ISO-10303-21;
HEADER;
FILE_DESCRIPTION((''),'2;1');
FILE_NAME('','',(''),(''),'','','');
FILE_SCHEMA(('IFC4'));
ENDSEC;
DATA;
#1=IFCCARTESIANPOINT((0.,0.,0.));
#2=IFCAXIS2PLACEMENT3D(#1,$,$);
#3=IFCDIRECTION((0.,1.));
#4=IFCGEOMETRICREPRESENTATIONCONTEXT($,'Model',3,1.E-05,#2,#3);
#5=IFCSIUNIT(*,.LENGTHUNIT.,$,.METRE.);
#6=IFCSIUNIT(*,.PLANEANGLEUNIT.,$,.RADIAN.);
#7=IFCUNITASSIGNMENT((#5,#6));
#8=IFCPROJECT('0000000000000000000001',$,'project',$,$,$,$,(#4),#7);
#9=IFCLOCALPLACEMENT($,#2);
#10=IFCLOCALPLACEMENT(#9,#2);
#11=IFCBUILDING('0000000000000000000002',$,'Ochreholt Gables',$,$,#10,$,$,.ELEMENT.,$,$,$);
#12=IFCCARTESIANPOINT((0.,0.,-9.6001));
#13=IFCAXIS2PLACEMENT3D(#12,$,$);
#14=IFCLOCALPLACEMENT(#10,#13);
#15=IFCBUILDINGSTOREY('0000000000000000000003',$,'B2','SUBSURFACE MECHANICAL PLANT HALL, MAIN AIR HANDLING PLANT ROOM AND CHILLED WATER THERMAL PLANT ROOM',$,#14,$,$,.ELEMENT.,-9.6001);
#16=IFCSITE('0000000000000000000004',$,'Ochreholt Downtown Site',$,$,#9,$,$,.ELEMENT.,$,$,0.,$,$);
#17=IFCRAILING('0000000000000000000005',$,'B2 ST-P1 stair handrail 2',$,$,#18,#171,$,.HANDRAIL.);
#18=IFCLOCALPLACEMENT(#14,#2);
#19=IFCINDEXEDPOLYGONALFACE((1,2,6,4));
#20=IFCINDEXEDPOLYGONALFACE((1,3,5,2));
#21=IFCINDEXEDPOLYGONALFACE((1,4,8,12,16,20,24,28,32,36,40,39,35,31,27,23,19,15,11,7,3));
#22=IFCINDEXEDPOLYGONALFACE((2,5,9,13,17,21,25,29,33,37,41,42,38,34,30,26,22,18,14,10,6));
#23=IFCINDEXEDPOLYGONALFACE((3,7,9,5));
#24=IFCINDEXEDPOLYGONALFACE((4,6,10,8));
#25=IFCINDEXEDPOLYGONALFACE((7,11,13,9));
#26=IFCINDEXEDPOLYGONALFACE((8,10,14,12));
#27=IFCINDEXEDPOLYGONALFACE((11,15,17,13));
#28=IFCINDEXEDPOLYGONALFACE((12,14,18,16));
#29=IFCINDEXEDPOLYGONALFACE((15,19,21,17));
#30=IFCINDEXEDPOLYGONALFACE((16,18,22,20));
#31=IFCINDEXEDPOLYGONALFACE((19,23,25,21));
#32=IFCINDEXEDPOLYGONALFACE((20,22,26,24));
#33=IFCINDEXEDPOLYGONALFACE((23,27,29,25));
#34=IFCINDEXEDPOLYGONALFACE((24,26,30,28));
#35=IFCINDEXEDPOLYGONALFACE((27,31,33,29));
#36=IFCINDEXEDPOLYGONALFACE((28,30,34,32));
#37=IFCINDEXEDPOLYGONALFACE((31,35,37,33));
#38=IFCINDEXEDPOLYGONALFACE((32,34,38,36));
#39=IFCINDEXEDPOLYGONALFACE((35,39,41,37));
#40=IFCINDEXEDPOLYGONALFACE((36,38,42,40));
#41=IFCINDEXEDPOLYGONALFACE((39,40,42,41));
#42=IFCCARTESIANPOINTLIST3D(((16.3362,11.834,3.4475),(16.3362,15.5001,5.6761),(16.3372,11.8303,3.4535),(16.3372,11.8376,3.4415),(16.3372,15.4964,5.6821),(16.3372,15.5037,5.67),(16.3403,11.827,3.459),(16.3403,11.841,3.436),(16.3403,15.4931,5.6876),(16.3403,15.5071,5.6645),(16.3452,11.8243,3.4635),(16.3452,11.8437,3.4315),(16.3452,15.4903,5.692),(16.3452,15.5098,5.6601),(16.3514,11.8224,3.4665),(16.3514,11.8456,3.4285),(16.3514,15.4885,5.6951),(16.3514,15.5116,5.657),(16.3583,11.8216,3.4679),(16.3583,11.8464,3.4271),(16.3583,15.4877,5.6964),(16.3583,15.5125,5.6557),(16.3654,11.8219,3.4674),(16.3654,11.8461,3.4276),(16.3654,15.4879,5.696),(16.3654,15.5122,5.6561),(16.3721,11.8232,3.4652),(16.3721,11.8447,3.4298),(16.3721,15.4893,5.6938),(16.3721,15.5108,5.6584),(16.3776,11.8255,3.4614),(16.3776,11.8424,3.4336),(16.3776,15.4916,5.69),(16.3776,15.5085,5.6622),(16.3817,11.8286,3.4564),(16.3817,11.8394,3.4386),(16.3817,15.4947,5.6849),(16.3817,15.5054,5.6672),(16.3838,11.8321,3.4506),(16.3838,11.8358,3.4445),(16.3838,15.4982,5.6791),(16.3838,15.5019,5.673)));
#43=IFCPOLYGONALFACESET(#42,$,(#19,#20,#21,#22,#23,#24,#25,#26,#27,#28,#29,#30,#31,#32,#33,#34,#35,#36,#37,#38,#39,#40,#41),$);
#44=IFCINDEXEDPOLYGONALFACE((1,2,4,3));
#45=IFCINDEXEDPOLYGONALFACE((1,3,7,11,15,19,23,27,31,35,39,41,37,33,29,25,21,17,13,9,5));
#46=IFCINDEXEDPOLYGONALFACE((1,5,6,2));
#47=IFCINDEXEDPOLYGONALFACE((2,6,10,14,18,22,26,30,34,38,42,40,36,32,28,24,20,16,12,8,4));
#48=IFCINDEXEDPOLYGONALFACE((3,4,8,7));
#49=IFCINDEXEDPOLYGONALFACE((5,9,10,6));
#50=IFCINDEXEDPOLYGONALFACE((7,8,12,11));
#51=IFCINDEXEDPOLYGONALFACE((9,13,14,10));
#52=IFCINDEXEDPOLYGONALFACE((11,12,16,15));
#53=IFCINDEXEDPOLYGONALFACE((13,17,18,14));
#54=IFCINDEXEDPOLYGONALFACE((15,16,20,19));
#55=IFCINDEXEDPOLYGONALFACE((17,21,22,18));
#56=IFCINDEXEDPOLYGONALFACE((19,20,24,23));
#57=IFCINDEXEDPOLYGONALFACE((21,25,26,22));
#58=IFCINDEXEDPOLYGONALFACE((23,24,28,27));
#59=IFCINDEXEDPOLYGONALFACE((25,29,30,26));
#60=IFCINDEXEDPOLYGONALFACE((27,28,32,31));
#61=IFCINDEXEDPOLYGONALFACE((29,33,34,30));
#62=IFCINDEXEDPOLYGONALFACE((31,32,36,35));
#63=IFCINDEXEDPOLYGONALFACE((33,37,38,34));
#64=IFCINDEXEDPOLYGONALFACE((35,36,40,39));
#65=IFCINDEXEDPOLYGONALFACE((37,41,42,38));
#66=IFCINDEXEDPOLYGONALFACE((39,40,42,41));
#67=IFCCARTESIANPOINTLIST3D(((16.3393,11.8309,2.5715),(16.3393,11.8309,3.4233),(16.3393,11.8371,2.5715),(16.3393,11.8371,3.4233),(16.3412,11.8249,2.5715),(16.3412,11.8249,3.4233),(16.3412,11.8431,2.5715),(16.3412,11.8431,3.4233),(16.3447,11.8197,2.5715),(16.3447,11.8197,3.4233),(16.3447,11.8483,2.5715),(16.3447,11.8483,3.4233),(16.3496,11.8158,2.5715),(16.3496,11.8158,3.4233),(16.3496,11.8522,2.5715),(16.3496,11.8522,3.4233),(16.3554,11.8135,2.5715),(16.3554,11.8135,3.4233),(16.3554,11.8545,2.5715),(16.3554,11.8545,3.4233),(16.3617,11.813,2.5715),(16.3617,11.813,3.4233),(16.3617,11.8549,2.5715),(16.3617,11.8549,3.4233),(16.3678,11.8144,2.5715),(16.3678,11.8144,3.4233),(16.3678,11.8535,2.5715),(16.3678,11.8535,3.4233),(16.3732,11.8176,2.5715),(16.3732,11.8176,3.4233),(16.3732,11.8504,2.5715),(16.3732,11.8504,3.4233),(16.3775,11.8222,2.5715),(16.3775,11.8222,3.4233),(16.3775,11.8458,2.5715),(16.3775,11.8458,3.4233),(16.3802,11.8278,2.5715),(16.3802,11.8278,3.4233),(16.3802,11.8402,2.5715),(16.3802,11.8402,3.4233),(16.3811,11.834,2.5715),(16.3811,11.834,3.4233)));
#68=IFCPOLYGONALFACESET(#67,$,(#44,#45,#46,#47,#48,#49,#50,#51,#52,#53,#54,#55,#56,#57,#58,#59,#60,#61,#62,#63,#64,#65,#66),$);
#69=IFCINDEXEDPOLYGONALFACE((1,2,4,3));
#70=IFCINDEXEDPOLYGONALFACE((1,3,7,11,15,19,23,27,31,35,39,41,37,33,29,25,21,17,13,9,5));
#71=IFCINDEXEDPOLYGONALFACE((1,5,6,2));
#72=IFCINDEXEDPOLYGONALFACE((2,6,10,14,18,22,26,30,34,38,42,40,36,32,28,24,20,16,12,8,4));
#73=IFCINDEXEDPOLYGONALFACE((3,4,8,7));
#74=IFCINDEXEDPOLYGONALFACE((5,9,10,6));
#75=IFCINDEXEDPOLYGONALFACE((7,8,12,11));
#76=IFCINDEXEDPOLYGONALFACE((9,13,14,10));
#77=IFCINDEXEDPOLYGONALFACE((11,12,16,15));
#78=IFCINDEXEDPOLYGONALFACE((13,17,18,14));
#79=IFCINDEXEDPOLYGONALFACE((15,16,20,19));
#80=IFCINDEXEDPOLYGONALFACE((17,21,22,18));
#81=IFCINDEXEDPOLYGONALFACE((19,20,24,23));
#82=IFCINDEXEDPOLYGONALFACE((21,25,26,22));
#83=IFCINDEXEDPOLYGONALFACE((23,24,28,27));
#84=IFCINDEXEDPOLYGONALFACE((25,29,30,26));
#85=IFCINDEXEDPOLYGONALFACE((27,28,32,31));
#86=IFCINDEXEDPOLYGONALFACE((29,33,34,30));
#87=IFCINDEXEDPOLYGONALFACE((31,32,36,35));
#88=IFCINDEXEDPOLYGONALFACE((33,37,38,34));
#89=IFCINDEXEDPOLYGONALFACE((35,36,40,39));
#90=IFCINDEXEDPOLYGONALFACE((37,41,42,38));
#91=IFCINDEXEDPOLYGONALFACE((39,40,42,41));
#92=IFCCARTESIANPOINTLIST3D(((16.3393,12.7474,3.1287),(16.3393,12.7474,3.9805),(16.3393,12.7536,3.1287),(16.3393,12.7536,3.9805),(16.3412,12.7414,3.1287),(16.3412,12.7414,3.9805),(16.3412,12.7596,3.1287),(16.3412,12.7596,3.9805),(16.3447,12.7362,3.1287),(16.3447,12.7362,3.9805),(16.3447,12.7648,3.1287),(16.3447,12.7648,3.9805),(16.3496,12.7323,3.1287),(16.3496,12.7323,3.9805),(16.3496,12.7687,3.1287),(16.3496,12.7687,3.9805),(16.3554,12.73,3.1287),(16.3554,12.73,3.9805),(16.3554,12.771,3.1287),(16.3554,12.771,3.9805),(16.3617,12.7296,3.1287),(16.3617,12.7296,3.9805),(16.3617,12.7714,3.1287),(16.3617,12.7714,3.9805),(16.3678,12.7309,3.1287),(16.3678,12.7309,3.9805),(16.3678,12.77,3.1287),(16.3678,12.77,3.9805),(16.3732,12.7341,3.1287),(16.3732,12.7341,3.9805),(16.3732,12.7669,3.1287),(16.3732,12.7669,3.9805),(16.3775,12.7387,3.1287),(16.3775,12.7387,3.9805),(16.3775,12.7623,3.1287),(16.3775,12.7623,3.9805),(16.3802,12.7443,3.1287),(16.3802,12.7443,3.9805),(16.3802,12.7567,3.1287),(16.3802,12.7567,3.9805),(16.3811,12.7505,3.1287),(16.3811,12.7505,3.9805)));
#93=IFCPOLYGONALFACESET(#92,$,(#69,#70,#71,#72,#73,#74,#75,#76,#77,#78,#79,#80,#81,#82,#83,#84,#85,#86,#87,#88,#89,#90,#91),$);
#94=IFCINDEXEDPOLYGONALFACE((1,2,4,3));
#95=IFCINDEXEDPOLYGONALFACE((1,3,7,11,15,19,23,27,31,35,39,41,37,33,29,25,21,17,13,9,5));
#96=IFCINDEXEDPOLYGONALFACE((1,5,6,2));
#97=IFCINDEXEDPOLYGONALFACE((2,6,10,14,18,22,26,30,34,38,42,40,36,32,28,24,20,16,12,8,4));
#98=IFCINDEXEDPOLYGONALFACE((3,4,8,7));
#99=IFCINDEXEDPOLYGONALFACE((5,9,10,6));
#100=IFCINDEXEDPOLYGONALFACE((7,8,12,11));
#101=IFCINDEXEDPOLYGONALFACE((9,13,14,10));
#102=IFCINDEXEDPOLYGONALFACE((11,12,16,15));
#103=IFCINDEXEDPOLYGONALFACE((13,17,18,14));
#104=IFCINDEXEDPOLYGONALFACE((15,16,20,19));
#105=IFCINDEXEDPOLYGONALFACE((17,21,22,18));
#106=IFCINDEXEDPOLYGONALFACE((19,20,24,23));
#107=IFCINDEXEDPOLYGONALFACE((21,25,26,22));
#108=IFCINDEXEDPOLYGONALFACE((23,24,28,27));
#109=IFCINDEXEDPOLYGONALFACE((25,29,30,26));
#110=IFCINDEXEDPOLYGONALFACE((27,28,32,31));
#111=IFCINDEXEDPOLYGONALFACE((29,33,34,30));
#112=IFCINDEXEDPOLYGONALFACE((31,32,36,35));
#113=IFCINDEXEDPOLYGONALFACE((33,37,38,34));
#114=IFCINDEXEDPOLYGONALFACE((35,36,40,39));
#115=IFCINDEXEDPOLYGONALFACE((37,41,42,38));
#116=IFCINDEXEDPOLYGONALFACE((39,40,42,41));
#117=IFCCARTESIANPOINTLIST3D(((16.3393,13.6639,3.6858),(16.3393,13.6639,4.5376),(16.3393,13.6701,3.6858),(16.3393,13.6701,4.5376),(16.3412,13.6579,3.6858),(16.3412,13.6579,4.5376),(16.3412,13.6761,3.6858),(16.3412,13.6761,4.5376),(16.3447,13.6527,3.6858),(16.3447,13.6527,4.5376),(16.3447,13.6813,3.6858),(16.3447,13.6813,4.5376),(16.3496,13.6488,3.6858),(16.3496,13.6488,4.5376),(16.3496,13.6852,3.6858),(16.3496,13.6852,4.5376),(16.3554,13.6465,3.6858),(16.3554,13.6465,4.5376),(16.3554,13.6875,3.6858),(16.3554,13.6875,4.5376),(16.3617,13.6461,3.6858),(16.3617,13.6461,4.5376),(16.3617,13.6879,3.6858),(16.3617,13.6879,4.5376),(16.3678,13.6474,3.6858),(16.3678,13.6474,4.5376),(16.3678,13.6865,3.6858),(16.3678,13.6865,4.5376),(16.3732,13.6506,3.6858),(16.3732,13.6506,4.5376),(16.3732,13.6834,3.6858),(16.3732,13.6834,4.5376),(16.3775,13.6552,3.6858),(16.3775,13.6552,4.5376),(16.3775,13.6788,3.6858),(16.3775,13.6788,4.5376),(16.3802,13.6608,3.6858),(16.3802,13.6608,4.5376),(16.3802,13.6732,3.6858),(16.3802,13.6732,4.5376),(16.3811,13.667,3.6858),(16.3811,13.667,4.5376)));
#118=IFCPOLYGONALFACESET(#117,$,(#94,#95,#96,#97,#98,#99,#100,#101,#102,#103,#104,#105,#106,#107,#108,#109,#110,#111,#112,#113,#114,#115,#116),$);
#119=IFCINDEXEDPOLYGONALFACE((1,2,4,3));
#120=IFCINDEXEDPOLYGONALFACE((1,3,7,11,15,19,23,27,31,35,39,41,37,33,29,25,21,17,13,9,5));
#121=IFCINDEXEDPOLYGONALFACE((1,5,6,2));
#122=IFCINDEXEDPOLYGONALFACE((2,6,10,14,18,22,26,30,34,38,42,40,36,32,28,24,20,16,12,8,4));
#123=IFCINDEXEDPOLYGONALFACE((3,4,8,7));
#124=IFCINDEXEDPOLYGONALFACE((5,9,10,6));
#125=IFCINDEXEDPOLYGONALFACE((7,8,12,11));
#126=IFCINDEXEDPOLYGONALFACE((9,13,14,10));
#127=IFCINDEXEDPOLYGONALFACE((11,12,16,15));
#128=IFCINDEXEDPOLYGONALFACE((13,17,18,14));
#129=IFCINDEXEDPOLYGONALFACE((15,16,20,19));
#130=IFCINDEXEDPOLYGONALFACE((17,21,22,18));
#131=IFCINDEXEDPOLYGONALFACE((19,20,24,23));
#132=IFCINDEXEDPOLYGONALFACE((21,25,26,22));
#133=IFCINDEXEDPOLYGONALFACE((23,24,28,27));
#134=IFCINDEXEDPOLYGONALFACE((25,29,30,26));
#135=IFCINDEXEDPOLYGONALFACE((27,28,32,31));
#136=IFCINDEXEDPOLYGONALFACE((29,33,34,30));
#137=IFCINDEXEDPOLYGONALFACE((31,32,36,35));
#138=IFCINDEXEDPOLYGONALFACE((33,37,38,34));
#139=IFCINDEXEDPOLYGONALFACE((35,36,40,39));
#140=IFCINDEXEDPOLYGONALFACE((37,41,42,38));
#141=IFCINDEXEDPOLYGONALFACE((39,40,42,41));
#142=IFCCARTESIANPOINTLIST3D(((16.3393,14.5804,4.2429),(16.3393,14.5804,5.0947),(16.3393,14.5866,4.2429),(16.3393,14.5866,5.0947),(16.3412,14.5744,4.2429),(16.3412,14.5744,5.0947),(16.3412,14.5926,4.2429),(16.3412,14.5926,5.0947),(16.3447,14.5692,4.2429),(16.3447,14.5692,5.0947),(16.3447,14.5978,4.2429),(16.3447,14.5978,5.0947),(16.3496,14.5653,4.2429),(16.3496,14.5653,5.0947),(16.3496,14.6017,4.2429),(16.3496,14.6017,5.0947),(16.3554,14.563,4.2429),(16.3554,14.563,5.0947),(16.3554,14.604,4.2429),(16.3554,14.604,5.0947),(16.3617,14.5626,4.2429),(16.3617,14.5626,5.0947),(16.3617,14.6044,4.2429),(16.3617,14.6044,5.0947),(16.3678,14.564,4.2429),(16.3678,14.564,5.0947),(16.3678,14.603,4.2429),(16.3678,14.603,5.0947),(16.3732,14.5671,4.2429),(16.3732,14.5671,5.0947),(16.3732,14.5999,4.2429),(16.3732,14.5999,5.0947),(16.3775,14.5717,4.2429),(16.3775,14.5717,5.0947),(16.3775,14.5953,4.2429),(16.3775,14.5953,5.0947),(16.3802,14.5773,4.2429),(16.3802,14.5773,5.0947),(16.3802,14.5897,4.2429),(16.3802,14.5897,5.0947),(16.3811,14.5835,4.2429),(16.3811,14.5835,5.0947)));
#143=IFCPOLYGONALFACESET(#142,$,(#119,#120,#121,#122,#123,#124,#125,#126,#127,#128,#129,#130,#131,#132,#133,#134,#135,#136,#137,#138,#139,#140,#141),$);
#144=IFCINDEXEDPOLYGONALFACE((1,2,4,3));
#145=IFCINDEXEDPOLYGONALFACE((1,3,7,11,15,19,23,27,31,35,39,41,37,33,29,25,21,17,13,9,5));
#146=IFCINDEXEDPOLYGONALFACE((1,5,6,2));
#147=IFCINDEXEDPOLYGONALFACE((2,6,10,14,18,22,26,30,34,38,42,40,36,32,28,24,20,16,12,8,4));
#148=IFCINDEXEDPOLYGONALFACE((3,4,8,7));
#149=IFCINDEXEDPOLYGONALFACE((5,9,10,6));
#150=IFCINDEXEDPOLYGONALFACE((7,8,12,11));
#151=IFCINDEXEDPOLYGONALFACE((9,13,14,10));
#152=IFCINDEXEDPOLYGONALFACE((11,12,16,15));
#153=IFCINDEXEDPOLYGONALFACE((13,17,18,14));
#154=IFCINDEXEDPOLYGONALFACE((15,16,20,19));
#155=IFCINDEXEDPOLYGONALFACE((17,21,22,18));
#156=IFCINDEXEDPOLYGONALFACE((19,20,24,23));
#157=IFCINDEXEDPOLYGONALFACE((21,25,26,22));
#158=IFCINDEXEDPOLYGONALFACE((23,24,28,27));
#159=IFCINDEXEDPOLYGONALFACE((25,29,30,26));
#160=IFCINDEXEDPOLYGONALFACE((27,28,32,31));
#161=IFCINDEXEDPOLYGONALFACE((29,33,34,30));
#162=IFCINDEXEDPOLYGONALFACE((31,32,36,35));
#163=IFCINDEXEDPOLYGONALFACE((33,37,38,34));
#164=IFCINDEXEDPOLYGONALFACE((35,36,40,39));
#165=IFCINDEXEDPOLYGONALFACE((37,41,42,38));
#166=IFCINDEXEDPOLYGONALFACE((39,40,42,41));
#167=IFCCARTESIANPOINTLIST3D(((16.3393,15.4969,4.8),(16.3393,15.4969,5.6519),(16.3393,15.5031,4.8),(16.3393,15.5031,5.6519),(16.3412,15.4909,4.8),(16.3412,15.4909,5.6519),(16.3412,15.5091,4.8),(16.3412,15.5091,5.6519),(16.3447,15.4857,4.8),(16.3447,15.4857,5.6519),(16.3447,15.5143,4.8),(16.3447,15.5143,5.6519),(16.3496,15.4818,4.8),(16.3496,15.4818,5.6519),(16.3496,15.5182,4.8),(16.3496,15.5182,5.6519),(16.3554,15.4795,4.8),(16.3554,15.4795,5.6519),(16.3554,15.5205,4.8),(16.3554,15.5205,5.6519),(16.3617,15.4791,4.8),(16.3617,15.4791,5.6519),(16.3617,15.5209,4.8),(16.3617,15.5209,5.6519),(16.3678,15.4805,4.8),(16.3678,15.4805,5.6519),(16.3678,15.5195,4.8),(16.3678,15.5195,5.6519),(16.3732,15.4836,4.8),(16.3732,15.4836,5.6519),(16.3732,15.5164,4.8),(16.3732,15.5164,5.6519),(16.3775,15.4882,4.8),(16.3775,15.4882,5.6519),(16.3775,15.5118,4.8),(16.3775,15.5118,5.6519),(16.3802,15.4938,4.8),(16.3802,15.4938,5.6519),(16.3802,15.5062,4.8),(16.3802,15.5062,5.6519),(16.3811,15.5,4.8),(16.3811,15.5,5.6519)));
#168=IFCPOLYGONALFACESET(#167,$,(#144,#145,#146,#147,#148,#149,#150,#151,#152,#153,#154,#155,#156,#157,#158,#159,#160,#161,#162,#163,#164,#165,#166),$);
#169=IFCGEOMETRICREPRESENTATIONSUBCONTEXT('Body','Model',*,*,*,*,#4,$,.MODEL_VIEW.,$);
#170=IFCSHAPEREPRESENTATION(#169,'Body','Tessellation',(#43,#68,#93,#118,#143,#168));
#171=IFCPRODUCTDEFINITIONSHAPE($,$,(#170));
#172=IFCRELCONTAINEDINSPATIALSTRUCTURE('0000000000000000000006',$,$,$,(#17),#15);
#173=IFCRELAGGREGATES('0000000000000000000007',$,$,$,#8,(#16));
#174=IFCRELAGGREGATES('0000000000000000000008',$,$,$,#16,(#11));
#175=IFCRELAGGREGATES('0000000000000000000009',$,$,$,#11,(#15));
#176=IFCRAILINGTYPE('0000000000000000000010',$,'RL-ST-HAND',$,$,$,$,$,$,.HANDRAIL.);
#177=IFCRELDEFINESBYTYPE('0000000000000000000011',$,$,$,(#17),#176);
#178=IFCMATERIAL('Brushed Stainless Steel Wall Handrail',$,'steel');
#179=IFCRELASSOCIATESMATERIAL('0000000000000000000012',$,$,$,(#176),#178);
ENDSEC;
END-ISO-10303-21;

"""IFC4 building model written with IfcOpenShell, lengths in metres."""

from ifc_helpers import new_model, si_unit, direction, frame, origin, origin_2d, place, context, subcontext, project, spatial, circle, extrude, material, type_object, element, save


model = new_model("IFC4")

# Units and contexts
model_context = context("Model", 3, precision=1e-05, world=origin(), true_north=direction((0.0, 1.0)))
body_context = subcontext(model_context, "Body", "Model", "MODEL_VIEW")
ifc_project = project(units=[si_unit("LENGTHUNIT", "METRE"), si_unit("PLANEANGLEUNIT", "RADIAN")], contexts=[model_context])

# Site, building, storey
site_placement = place(None, origin())
site = spatial("IfcSite", under=ifc_project, at=site_placement, Name="Ochreholt Downtown Site", CompositionType="ELEMENT", RefElevation=0.0)
building_placement = place(site_placement, origin())
building = spatial("IfcBuilding", under=site, at=building_placement, Name="Ochreholt Gables", CompositionType="ELEMENT")
storey_placement = place(building_placement, frame((0.0, 0.0, -9.6001)))
storey = spatial("IfcBuildingStorey", under=building, at=storey_placement, Name="B2", Description="SUBSURFACE MECHANICAL PLANT HALL, MAIN AIR HANDLING PLANT ROOM AND CHILLED WATER THERMAL PLANT ROOM", CompositionType="ELEMENT", Elevation=-9.6001)

# Railing
ifc_material_1 = material(Name="Brushed Stainless Steel Wall Handrail", Category="steel")
railing_type_1 = type_object("IfcRailingType", Name="RL-ST-HAND", PredefinedType="HANDRAIL", material=ifc_material_1)
railing_1_placement = place(storey_placement, frame((16.3601, 11.834, 2.5715)))
element("IfcRailing", 1, at=railing_1_placement, inside=storey, type_object=railing_type_1, Name="B2 ST-P1 stair handrail 2", PredefinedType="HANDRAIL", context=body_context, shape_type="SweptSolid", body=[
    extrude(circle(Radius=0.0239, at=origin_2d()), frame((0.0, 0.0, 0.876), z_axis=(0.0, 0.854506, 0.519441), x_axis=(-1.0, 0.0, 0.0)), (0.0, 0.0, 1.0), 4.2903),
    extrude(circle(Radius=0.021, at=origin_2d()), origin(), (0.0, 0.0, 1.0), 0.8518),
    extrude(circle(Radius=0.021, at=origin_2d()), frame((0.0, 0.9165, 0.5571)), (0.0, 0.0, 1.0), 0.8518),
    extrude(circle(Radius=0.021, at=origin_2d()), frame((0.0, 1.833, 1.1143)), (0.0, 0.0, 1.0), 0.8518),
    extrude(circle(Radius=0.021, at=origin_2d()), frame((0.0, 2.7495, 1.6714)), (0.0, 0.0, 1.0), 0.8518),
    extrude(circle(Radius=0.021, at=origin_2d()), frame((0.0, 3.666, 2.2285)), (0.0, 0.0, 1.0), 0.8518),
])

save(model, "model.ifc")
